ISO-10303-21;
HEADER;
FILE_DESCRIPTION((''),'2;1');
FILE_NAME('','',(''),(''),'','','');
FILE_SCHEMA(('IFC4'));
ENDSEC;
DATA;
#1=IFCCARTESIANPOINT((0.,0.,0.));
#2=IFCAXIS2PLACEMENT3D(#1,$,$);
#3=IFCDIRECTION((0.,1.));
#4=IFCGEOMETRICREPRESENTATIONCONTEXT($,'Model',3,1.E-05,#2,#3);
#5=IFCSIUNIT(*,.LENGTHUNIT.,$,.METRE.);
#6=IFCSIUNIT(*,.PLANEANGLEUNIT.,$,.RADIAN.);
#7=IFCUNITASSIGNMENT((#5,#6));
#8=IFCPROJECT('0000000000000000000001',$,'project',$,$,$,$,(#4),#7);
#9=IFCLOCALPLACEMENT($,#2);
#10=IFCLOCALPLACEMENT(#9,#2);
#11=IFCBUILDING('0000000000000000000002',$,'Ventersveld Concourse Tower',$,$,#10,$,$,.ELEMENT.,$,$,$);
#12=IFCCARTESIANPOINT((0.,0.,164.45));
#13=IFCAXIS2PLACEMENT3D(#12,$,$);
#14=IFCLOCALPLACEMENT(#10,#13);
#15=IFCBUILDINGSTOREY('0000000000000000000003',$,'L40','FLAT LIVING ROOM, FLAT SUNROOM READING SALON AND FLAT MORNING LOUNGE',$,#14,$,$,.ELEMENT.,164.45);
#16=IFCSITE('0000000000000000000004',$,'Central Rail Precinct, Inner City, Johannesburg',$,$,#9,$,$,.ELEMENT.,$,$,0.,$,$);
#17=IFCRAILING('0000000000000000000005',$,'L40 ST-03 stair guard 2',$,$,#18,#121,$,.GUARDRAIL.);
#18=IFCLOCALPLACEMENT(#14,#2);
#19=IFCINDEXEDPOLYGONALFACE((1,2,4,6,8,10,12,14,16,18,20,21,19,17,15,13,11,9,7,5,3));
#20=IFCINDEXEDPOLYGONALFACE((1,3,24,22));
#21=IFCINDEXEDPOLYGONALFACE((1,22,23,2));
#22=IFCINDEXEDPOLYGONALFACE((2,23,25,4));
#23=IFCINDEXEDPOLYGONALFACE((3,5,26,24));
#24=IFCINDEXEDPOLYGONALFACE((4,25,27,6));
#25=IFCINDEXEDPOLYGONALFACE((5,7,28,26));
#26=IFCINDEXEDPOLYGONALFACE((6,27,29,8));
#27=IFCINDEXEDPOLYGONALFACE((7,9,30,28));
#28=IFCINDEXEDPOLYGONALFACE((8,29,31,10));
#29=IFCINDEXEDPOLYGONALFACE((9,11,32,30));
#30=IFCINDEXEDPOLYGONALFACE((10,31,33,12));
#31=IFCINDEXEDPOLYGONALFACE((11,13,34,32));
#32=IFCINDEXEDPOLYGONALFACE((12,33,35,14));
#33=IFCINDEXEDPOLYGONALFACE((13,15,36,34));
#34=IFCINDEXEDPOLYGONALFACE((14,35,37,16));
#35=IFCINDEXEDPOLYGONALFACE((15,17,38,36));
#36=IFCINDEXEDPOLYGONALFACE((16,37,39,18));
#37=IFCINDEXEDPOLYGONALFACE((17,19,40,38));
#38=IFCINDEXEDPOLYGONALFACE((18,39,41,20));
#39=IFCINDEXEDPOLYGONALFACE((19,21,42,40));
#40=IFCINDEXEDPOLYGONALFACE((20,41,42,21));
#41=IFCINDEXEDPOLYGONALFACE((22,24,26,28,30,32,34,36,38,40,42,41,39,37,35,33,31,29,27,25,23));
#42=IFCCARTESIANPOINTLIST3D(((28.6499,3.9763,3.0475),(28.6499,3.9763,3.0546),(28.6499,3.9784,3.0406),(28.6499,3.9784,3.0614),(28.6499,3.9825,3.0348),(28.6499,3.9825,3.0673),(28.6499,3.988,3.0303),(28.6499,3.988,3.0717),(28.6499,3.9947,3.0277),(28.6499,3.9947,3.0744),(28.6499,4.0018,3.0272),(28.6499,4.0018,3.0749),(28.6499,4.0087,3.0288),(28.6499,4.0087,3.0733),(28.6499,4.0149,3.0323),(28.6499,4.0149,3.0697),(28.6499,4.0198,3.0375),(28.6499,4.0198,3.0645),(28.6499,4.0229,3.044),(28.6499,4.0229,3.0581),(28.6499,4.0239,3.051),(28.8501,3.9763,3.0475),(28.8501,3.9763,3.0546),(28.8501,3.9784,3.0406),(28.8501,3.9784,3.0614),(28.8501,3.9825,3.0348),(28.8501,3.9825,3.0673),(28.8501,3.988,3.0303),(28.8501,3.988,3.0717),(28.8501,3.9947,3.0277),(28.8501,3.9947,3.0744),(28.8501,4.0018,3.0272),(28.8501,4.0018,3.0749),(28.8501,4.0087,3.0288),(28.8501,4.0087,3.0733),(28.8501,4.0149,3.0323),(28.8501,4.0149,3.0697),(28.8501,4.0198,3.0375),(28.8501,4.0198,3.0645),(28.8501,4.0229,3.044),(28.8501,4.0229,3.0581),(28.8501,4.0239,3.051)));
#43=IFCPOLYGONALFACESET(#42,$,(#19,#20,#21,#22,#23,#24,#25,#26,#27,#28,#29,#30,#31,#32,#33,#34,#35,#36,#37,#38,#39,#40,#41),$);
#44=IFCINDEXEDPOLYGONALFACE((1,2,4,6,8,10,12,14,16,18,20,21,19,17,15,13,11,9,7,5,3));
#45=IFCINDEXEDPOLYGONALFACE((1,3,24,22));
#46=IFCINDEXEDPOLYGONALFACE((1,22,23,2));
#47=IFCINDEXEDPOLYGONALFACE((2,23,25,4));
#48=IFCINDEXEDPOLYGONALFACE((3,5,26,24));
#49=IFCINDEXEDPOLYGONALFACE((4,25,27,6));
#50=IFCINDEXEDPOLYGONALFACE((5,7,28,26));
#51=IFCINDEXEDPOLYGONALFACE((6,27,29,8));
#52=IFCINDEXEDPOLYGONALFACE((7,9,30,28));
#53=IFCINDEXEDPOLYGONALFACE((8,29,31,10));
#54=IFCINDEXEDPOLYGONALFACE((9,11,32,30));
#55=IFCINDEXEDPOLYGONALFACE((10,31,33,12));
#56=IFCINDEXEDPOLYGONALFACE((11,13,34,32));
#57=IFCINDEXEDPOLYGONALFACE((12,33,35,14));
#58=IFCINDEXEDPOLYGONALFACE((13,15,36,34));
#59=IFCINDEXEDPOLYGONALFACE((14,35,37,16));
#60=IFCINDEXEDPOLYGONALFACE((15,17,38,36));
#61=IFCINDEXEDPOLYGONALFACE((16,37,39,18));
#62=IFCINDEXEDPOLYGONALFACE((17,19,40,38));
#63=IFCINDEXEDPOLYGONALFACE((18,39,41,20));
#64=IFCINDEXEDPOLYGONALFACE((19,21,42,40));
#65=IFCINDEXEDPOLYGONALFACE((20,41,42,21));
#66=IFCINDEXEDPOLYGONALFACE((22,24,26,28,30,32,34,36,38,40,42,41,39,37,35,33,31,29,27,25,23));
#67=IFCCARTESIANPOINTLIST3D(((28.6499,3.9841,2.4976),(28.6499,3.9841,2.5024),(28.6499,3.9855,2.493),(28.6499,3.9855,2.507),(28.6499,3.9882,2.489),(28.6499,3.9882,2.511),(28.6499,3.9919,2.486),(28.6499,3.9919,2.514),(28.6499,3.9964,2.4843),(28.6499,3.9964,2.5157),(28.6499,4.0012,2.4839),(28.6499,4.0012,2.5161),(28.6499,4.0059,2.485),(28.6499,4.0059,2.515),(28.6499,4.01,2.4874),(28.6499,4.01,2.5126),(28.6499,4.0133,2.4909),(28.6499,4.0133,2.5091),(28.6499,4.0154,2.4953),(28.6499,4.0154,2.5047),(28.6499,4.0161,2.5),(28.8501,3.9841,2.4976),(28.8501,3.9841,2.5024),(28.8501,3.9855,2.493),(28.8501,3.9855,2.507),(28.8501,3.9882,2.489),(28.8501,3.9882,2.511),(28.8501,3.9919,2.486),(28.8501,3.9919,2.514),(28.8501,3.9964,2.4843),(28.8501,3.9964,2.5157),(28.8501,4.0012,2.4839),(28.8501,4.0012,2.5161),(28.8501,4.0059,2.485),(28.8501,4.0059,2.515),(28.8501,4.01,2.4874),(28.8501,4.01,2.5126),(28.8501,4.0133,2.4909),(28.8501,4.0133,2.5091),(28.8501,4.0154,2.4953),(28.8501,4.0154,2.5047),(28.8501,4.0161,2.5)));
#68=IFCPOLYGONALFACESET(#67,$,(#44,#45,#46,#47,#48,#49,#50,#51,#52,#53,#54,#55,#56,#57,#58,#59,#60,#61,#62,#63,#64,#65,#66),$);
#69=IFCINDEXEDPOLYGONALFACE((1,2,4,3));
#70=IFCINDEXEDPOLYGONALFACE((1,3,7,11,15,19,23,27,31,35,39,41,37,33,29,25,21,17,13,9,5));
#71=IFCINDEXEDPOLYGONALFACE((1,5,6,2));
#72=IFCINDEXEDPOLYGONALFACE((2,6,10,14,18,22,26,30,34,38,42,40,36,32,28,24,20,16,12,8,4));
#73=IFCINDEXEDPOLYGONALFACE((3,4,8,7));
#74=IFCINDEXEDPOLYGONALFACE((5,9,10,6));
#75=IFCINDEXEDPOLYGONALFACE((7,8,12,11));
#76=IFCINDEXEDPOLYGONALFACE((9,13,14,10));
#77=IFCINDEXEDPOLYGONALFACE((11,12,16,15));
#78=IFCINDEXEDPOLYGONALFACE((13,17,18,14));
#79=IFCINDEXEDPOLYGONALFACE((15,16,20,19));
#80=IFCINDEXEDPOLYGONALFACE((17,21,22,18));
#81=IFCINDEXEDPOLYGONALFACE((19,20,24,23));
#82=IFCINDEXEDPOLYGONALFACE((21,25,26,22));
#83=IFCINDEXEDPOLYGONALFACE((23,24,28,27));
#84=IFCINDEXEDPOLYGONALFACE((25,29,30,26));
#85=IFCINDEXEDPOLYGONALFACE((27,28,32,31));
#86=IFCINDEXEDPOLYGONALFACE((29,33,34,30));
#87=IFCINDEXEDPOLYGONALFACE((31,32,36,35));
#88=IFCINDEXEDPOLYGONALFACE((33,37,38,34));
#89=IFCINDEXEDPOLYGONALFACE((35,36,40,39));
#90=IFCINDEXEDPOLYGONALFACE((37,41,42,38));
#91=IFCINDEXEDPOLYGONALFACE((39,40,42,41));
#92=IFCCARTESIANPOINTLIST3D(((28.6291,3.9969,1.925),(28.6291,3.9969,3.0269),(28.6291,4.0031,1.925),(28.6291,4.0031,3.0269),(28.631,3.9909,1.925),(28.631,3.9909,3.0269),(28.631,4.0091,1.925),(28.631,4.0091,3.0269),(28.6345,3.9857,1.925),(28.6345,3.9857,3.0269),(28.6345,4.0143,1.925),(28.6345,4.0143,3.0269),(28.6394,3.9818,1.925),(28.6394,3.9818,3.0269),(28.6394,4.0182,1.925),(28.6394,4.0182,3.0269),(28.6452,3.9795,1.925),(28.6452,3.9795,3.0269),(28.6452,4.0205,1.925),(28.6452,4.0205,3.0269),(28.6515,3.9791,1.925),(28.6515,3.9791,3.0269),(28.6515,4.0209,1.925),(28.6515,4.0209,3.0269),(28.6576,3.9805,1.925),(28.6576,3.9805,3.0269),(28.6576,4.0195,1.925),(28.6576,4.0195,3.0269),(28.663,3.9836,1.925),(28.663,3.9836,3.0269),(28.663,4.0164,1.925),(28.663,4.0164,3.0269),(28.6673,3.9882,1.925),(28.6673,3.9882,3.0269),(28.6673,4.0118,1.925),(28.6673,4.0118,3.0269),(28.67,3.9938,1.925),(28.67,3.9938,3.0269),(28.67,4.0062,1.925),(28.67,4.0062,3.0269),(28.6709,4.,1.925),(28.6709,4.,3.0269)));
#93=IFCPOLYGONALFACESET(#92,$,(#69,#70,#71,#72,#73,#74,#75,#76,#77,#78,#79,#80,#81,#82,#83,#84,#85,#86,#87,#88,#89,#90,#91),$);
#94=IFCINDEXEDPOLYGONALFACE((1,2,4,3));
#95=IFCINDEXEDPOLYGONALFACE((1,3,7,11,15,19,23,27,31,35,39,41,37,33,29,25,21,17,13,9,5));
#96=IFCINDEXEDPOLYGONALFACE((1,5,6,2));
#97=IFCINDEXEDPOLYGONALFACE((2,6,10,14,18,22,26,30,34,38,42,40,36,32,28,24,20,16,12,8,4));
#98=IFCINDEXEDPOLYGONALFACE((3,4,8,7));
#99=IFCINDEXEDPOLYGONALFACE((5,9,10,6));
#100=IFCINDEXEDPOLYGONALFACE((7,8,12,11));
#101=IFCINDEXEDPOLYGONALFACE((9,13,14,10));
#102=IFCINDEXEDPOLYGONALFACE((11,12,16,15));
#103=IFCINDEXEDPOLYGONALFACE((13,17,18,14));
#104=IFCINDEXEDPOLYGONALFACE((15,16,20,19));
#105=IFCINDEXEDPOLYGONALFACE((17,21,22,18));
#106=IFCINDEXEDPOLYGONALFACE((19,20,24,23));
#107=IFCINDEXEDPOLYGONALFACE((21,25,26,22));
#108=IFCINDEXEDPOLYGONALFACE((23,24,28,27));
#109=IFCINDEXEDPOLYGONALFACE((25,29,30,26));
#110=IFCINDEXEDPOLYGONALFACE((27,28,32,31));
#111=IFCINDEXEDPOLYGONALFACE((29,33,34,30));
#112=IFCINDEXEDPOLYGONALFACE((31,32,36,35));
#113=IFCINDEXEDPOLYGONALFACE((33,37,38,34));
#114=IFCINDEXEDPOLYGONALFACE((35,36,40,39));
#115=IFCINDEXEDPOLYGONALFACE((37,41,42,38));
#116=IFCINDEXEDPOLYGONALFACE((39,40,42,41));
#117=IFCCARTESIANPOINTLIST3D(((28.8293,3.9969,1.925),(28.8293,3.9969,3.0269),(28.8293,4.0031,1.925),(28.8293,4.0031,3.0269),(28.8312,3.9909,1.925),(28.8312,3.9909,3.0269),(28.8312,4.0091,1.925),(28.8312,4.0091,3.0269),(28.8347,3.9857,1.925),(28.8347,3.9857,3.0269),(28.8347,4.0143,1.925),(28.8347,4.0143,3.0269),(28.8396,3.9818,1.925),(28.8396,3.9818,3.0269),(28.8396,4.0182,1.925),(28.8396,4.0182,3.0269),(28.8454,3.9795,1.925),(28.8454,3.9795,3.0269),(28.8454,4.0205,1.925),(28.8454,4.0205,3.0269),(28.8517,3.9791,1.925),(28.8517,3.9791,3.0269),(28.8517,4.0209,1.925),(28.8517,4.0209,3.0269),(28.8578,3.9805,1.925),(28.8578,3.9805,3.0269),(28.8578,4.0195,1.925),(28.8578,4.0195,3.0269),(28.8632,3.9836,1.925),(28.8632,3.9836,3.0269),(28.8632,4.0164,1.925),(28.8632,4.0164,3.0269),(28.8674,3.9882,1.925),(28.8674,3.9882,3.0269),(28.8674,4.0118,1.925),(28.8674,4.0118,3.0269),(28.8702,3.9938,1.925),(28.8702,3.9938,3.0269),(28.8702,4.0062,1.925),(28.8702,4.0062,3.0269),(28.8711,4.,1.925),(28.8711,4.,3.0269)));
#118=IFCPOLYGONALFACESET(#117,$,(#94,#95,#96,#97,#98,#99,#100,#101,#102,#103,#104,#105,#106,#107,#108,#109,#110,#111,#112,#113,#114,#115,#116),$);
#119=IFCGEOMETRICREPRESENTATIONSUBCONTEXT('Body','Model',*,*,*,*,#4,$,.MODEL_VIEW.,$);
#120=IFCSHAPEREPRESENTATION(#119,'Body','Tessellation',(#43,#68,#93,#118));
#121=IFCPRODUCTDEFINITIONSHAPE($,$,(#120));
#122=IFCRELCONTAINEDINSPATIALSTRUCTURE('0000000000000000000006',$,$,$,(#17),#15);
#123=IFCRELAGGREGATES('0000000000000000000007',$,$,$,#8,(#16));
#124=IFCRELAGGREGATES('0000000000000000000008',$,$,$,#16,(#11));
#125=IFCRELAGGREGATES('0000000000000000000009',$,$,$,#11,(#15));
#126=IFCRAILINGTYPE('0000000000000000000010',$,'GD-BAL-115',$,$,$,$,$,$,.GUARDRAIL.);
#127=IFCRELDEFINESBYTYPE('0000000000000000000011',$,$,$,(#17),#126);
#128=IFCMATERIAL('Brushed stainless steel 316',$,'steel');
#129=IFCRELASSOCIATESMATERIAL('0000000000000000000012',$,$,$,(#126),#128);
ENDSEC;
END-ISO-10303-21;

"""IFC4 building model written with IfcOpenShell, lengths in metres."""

from ifc_helpers import new_model, si_unit, direction, frame, origin, origin_2d, place, context, subcontext, project, spatial, circle, extrude, material, type_object, element, save


model = new_model("IFC4")

# Units and contexts
model_context = context("Model", 3, precision=1e-05, world=origin(), true_north=direction((0.0, 1.0)))
body_context = subcontext(model_context, "Body", "Model", "MODEL_VIEW")
ifc_project = project(units=[si_unit("LENGTHUNIT", "METRE"), si_unit("PLANEANGLEUNIT", "RADIAN")], contexts=[model_context])

# Site, building, storey
site_placement = place(None, origin())
site = spatial("IfcSite", under=ifc_project, at=site_placement, Name="Central Rail Precinct, Inner City, Johannesburg", CompositionType="ELEMENT", RefElevation=0.0)
building_placement = place(site_placement, origin())
building = spatial("IfcBuilding", under=site, at=building_placement, Name="Ventersveld Concourse Tower", CompositionType="ELEMENT")
storey_placement = place(building_placement, frame((0.0, 0.0, 164.45)))
storey = spatial("IfcBuildingStorey", under=building, at=storey_placement, Name="L40", Description="FLAT LIVING ROOM, FLAT SUNROOM READING SALON AND FLAT MORNING LOUNGE", CompositionType="ELEMENT", Elevation=164.45)

# Shared definitions
ifc_material_1 = material(Name="Brushed stainless steel 316", Category="steel")

# Railing
railing_type_1 = type_object("IfcRailingType", Name="GD-BAL-115", PredefinedType="GUARDRAIL", material=ifc_material_1)
railing_1_placement = place(storey_placement, frame((28.6499, 4.0, 1.925)))
element("IfcRailing", 1, at=railing_1_placement, inside=storey, type_object=railing_type_1, Name="L40 ST-03 stair guard 2", PredefinedType="GUARDRAIL", context=body_context, shape_type="SweptSolid", body=[
    extrude(circle(Radius=0.0239, at=origin_2d()), frame((0.0, 0.0, 1.126), z_axis=(1.0, 0.0, 0.0), x_axis=(0.0, 1.0, 0.0)), (0.0, 0.0, 1.0), 0.2002),
    extrude(circle(Radius=0.0161, at=origin_2d()), frame((0.0, 0.0, 0.575), z_axis=(1.0, 0.0, 0.0), x_axis=(0.0, 1.0, 0.0)), (0.0, 0.0, 1.0), 0.2002),
    extrude(circle(Radius=0.021, at=origin_2d()), origin(), (0.0, 0.0, 1.0), 1.1018),
    extrude(circle(Radius=0.021, at=origin_2d()), frame((0.2002, 0.0, 0.0)), (0.0, 0.0, 1.0), 1.1018),
])

save(model, "model.ifc")
